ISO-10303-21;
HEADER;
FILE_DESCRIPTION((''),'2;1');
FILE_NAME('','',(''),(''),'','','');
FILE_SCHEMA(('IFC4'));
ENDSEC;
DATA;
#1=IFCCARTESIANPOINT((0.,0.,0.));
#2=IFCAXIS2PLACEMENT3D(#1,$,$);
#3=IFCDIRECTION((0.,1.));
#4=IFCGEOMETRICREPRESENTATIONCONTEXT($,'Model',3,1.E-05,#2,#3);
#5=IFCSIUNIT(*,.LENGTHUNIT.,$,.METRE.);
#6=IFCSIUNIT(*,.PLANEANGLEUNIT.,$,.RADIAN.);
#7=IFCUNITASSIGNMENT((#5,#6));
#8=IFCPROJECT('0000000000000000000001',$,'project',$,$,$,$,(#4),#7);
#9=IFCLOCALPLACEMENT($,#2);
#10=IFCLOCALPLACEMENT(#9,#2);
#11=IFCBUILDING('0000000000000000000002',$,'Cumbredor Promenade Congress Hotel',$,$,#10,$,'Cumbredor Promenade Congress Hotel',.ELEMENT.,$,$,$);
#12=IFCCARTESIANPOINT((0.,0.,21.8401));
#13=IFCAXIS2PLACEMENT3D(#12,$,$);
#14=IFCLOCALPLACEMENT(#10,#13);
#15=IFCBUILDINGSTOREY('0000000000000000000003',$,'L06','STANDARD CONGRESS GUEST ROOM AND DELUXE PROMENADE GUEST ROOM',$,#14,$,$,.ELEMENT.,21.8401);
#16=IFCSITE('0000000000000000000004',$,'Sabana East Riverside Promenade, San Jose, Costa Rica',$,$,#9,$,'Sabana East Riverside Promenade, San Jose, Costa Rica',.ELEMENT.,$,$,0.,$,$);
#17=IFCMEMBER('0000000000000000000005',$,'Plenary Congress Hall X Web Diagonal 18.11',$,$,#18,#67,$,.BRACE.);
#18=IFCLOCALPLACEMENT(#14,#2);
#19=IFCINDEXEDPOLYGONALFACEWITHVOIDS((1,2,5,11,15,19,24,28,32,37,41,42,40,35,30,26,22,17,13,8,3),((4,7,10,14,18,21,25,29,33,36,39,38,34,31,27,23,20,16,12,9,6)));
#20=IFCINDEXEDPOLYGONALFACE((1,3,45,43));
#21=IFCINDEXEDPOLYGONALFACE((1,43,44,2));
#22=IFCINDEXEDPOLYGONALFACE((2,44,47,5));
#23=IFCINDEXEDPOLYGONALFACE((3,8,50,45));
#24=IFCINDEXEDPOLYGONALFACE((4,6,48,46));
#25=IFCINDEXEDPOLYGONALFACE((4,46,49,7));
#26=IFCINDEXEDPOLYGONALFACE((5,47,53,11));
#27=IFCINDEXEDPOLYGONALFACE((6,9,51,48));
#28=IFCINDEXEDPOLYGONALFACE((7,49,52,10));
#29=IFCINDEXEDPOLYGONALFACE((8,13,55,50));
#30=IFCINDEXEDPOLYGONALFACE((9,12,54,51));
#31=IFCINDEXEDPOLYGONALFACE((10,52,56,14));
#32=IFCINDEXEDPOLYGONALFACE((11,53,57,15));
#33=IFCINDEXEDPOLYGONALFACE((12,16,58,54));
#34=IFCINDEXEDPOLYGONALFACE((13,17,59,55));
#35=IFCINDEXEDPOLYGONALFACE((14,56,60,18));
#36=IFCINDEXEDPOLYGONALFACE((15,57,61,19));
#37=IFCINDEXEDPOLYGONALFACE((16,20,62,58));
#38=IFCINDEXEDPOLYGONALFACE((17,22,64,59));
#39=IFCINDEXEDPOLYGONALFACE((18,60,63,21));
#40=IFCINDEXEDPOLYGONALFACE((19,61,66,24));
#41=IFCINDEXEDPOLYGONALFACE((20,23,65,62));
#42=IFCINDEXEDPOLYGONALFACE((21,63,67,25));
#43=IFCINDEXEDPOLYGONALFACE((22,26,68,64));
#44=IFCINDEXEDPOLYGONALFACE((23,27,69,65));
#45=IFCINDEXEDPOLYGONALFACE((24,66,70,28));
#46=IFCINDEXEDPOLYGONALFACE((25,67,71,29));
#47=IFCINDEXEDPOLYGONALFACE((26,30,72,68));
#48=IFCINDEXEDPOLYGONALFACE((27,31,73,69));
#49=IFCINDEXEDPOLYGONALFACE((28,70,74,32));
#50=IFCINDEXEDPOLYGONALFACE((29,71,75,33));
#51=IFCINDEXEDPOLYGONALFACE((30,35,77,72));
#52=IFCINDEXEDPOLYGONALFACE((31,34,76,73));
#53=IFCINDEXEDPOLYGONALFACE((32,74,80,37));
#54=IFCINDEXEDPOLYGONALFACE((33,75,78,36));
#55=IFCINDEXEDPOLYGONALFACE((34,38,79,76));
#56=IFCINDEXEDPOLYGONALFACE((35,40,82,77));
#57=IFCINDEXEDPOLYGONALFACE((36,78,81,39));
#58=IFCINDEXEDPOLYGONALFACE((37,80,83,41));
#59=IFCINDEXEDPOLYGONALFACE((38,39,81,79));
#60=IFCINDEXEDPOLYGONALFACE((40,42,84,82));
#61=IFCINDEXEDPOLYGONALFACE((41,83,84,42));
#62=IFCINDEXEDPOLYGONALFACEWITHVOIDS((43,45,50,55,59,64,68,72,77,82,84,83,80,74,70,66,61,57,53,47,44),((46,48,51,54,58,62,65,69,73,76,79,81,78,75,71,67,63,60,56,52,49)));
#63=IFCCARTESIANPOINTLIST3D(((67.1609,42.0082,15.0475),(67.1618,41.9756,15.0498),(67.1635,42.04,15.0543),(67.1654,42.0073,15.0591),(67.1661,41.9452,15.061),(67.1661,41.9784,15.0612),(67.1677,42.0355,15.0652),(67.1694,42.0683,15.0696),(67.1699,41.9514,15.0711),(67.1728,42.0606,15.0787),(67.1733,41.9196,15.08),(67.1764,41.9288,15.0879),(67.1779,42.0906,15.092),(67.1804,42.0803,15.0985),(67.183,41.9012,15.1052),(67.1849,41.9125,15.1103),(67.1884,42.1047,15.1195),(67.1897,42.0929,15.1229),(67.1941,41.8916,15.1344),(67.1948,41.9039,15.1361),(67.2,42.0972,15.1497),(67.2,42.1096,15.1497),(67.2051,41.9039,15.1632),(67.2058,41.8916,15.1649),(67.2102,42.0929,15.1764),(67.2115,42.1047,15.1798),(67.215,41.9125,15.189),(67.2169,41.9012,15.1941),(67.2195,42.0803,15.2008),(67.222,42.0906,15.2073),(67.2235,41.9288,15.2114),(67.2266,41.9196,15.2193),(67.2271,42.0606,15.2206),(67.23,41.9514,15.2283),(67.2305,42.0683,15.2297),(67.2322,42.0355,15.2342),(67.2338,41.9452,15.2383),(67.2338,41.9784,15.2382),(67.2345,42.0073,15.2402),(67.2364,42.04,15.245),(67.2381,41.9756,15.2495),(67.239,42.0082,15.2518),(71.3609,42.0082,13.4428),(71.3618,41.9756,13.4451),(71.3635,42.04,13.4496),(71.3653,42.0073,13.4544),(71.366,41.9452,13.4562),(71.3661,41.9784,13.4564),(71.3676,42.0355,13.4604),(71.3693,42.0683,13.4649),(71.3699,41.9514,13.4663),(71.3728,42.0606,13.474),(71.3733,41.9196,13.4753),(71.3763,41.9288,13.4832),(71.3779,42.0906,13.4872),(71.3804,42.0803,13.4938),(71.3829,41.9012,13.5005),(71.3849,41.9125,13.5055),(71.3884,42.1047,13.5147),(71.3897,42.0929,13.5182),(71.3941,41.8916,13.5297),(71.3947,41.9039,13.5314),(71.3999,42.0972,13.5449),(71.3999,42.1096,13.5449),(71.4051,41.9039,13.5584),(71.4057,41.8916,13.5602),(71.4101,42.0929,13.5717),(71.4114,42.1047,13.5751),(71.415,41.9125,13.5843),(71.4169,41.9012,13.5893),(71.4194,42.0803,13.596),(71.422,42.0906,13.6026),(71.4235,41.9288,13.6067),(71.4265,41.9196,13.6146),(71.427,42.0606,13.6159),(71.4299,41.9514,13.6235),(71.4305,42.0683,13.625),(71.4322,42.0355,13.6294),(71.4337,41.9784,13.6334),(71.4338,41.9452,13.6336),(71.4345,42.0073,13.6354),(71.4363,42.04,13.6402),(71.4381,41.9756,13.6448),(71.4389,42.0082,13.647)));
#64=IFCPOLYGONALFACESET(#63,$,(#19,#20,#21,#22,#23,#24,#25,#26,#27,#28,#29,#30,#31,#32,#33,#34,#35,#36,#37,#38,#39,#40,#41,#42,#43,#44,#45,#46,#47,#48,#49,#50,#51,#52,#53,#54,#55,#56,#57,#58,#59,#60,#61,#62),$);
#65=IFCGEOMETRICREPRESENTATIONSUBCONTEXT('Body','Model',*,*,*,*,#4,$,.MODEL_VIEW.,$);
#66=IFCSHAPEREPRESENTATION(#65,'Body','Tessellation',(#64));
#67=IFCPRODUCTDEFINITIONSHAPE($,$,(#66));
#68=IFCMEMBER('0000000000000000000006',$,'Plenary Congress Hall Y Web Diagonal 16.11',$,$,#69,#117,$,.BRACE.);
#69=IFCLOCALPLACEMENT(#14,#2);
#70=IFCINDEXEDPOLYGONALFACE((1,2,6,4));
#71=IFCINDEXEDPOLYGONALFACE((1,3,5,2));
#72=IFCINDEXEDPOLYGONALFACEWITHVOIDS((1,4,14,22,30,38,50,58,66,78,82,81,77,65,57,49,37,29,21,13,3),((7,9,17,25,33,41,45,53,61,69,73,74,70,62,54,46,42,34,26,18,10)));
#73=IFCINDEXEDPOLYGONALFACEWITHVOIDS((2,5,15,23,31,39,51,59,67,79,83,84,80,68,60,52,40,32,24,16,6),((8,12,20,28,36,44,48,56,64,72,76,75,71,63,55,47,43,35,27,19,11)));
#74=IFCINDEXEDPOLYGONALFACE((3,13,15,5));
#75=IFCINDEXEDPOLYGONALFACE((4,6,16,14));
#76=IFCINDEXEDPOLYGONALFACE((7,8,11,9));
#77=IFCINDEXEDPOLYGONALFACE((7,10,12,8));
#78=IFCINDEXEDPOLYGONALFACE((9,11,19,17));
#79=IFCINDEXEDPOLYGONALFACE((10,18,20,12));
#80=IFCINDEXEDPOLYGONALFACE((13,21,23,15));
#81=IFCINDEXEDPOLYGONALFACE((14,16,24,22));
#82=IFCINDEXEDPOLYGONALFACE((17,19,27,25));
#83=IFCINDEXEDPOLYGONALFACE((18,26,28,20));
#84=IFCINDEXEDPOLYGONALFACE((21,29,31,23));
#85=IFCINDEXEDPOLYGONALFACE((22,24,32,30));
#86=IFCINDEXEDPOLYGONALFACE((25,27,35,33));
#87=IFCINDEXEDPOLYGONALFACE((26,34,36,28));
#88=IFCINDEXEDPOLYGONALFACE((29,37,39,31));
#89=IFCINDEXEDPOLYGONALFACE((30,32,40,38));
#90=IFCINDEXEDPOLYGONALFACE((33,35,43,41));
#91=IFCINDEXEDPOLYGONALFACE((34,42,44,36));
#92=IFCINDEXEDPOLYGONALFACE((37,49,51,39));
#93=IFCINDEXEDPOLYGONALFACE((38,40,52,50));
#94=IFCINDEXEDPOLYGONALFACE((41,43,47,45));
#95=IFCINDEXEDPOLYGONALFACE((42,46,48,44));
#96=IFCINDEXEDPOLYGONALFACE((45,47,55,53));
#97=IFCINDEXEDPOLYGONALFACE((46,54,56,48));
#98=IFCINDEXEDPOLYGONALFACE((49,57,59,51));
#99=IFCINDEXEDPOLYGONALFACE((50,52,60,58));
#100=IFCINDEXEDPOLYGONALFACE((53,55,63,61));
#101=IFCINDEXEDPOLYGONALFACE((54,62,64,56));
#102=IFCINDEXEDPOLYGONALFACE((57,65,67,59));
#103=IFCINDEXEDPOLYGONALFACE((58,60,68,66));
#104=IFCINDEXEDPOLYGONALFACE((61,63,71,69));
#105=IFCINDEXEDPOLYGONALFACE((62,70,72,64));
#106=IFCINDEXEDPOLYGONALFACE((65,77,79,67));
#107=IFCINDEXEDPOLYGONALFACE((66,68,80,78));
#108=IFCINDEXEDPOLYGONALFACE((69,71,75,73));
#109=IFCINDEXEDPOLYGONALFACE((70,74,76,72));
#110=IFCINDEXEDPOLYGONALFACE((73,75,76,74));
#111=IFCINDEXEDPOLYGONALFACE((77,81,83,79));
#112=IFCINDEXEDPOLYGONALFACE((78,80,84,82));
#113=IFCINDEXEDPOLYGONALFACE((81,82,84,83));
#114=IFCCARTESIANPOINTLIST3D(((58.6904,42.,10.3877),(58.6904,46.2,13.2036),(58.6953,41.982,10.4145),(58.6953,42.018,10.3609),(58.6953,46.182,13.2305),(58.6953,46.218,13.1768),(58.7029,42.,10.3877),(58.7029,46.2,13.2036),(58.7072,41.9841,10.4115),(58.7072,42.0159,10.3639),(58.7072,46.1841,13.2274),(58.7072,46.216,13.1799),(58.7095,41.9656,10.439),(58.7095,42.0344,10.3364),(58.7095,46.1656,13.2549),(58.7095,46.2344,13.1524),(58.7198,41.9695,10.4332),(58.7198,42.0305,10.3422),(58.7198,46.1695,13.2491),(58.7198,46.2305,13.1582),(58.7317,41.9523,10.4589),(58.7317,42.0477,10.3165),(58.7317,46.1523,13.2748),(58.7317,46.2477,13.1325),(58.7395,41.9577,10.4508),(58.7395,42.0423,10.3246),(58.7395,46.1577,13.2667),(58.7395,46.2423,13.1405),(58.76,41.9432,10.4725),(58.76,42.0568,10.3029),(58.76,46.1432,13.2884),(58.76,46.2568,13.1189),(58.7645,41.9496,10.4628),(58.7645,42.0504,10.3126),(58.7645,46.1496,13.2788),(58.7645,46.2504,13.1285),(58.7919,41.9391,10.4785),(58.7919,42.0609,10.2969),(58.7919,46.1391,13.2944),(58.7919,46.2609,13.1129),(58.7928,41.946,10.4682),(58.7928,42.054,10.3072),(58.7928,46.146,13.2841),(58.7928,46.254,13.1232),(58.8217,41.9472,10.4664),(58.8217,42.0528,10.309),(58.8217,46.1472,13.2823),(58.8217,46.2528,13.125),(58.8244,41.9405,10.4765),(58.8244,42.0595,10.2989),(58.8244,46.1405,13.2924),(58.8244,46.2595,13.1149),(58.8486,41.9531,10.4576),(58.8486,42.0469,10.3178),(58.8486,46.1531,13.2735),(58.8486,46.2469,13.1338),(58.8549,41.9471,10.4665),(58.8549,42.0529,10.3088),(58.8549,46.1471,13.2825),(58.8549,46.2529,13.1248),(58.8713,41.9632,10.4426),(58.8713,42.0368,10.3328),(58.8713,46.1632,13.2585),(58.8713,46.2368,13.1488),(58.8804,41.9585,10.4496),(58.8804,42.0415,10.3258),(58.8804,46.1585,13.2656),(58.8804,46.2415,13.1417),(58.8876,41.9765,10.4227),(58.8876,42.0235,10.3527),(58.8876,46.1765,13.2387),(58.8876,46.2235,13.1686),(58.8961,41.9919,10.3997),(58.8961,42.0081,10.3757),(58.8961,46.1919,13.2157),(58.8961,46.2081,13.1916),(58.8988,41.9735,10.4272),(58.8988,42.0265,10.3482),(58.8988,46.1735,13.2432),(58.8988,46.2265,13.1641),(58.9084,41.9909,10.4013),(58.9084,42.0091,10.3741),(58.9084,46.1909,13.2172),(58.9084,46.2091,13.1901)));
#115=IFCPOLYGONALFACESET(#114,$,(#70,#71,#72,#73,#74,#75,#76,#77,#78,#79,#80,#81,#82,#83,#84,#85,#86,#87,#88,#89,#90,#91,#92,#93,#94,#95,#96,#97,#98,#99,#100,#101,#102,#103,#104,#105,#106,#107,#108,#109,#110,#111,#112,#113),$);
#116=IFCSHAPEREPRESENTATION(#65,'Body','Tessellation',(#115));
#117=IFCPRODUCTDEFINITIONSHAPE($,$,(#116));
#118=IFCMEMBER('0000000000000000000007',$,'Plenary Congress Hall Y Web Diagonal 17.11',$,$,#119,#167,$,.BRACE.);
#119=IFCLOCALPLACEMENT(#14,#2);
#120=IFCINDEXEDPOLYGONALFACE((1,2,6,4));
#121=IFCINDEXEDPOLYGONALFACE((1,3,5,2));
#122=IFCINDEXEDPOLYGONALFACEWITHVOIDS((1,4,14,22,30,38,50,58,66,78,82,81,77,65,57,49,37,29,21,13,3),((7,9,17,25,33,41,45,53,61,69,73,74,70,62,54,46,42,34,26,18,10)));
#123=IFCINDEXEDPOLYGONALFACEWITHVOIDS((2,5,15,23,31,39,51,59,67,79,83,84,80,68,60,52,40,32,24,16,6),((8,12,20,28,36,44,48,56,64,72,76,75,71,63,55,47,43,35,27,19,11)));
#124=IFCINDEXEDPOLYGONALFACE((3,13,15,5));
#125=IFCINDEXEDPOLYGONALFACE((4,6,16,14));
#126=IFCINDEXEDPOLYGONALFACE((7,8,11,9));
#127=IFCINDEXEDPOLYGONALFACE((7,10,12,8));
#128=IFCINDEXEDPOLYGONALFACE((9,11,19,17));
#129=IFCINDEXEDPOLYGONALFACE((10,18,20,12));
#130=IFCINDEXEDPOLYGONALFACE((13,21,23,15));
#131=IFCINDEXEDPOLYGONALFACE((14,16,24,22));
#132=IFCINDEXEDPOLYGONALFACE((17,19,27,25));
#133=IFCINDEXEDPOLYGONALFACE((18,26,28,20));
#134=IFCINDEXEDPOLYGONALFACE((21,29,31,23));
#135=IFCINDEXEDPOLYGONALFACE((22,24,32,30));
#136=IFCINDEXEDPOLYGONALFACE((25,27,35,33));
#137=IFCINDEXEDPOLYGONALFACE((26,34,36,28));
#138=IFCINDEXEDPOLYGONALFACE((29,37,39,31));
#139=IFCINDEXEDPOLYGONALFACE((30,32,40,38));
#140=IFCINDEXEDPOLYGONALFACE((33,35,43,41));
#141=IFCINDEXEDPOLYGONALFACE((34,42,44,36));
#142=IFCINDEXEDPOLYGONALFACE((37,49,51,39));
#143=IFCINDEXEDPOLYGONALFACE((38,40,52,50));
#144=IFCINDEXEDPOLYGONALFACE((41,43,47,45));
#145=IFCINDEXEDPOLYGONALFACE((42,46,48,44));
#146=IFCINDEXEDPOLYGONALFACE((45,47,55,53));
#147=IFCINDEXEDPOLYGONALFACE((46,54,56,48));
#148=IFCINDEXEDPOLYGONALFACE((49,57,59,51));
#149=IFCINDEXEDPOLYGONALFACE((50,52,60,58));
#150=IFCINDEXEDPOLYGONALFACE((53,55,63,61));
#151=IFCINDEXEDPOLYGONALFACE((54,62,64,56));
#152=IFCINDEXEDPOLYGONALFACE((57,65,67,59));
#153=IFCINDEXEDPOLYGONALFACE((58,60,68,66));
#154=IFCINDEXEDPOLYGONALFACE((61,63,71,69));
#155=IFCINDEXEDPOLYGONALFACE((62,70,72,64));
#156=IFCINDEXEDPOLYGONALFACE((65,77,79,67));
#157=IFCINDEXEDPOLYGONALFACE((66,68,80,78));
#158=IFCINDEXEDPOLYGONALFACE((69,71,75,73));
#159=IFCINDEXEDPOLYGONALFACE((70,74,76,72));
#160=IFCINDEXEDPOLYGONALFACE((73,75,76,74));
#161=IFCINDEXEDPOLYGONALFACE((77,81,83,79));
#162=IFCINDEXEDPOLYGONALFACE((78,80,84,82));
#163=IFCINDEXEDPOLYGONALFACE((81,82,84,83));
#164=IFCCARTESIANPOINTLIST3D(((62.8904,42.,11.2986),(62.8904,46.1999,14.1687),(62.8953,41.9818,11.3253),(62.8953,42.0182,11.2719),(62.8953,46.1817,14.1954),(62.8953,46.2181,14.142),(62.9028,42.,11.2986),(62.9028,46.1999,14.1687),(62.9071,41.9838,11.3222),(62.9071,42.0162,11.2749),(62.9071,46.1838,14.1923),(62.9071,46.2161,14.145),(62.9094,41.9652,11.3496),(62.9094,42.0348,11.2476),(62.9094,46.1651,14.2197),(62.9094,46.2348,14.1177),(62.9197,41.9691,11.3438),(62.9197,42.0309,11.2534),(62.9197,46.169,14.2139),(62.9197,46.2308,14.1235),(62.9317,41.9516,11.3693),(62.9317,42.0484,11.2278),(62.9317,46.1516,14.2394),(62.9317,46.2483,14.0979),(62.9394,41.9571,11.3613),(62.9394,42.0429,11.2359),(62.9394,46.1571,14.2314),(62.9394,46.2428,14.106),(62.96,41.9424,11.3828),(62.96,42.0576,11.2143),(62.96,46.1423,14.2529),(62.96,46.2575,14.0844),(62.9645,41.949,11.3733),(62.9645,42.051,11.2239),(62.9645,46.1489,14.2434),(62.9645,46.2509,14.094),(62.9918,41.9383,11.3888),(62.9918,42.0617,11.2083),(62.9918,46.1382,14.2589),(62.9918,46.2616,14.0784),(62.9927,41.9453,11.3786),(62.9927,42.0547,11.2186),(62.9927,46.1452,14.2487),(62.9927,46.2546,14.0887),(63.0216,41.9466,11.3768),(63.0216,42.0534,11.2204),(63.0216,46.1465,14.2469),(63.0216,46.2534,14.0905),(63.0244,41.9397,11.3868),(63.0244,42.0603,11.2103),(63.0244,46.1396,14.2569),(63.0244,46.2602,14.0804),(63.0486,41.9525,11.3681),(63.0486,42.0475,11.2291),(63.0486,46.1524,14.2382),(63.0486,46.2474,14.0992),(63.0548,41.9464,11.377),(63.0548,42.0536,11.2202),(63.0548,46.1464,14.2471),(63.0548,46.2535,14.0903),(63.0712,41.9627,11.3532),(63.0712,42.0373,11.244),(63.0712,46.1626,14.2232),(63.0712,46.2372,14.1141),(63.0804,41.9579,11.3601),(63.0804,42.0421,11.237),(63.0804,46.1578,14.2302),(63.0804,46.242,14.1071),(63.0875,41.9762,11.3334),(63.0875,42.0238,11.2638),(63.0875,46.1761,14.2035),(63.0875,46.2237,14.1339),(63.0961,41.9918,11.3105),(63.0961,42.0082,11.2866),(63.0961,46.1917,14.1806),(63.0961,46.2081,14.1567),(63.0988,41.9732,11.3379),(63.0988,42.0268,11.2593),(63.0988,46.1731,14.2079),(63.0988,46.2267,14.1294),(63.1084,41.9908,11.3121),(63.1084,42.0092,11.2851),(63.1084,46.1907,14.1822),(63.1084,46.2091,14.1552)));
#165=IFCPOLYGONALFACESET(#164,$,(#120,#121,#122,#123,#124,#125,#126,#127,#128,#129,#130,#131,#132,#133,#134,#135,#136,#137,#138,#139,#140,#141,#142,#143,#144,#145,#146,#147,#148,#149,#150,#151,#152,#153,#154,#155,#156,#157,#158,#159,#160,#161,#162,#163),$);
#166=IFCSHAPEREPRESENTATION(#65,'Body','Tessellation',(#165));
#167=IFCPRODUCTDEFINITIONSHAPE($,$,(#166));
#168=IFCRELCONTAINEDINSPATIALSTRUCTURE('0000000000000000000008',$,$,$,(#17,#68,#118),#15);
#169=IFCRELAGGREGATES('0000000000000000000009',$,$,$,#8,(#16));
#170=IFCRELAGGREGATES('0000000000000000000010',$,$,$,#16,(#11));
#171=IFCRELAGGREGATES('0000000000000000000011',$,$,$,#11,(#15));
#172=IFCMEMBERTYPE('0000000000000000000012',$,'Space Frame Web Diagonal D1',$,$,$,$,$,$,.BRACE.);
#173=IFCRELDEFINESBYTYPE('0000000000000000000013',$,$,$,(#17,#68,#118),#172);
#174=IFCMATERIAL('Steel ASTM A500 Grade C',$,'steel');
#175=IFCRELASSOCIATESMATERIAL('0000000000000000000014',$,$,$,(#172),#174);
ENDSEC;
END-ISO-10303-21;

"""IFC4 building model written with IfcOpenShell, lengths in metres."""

from ifc_helpers import new_model, si_unit, direction, frame, origin, origin_2d, place, context, subcontext, project, spatial, hollow_circle, extrude, material, material_profile, profile_set, type_object, element, save


model = new_model("IFC4")

# Units and contexts
model_context = context("Model", 3, precision=1e-05, world=origin(), true_north=direction((0.0, 1.0)))
body_context = subcontext(model_context, "Body", "Model", "MODEL_VIEW")
ifc_project = project(units=[si_unit("LENGTHUNIT", "METRE"), si_unit("PLANEANGLEUNIT", "RADIAN")], contexts=[model_context])

# Site, building, storey
site_placement = place(None, origin())
site = spatial("IfcSite", under=ifc_project, at=site_placement, Name="Sabana East Riverside Promenade, San Jose, Costa Rica", LongName="Sabana East Riverside Promenade, San Jose, Costa Rica", CompositionType="ELEMENT", RefElevation=0.0)
building_placement = place(site_placement, origin())
building = spatial("IfcBuilding", under=site, at=building_placement, Name="Cumbredor Promenade Congress Hotel", LongName="Cumbredor Promenade Congress Hotel", CompositionType="ELEMENT")
storey_placement = place(building_placement, frame((0.0, 0.0, 21.8401)))
storey = spatial("IfcBuildingStorey", under=building, at=storey_placement, Name="L06", Description="STANDARD CONGRESS GUEST ROOM AND DELUXE PROMENADE GUEST ROOM", CompositionType="ELEMENT", Elevation=21.8401)

# Members
ifc_material_1 = material(Name="Steel ASTM A500 Grade C", Category="steel")
ifc_material_profile_1 = material_profile(ifc_material_1, hollow_circle(Radius=0.1096, WallThickness=0.0125, at=origin_2d()), Name="CHS 219.1x12.5")
ifc_profile_set_1 = profile_set([ifc_material_profile_1], Name="Steel ASTM A500 Grade C")
member_type_1 = type_object("IfcMemberType", Name="Space Frame Web Diagonal D1", PredefinedType="BRACE", material=ifc_profile_set_1)
member_1_placement = place(storey_placement, frame((67.2, 42.0, 15.1497), z_axis=(0.934135, 0.0, -0.356919), x_axis=(0.0, 1.0, 0.0)))
element("IfcMember", 1, at=member_1_placement, inside=storey, type_object=member_type_1, Name="Plenary Congress Hall X Web Diagonal 18.11", PredefinedType="BRACE", context=body_context, shape_type="SweptSolid", body=[
    extrude(hollow_circle(Radius=0.1096, WallThickness=0.0125, at=origin_2d()), origin(), (0.0, 0.0, 1.0), 4.4961),
])
member_2_placement = place(storey_placement, frame((58.8, 42.0, 10.3877), z_axis=(0.0, 0.830592, 0.556882), x_axis=(-1.0, 0.0, 0.0)))
element("IfcMember", 2, at=member_2_placement, inside=storey, type_object=member_type_1, Name="Plenary Congress Hall Y Web Diagonal 16.11", PredefinedType="BRACE", context=body_context, shape_type="SweptSolid", body=[
    extrude(hollow_circle(Radius=0.1096, WallThickness=0.0125, at=origin_2d()), origin(), (0.0, 0.0, 1.0), 5.0566),
])
member_3_placement = place(storey_placement, frame((63.0, 42.0, 11.2986), z_axis=(0.0, 0.825631, 0.564211), x_axis=(-1.0, 0.0, 0.0)))
element("IfcMember", 3, at=member_3_placement, inside=storey, type_object=member_type_1, Name="Plenary Congress Hall Y Web Diagonal 17.11", PredefinedType="BRACE", context=body_context, shape_type="SweptSolid", body=[
    extrude(hollow_circle(Radius=0.1096, WallThickness=0.0125, at=origin_2d()), origin(), (0.0, 0.0, 1.0), 5.0869),
])

save(model, "model.ifc")
